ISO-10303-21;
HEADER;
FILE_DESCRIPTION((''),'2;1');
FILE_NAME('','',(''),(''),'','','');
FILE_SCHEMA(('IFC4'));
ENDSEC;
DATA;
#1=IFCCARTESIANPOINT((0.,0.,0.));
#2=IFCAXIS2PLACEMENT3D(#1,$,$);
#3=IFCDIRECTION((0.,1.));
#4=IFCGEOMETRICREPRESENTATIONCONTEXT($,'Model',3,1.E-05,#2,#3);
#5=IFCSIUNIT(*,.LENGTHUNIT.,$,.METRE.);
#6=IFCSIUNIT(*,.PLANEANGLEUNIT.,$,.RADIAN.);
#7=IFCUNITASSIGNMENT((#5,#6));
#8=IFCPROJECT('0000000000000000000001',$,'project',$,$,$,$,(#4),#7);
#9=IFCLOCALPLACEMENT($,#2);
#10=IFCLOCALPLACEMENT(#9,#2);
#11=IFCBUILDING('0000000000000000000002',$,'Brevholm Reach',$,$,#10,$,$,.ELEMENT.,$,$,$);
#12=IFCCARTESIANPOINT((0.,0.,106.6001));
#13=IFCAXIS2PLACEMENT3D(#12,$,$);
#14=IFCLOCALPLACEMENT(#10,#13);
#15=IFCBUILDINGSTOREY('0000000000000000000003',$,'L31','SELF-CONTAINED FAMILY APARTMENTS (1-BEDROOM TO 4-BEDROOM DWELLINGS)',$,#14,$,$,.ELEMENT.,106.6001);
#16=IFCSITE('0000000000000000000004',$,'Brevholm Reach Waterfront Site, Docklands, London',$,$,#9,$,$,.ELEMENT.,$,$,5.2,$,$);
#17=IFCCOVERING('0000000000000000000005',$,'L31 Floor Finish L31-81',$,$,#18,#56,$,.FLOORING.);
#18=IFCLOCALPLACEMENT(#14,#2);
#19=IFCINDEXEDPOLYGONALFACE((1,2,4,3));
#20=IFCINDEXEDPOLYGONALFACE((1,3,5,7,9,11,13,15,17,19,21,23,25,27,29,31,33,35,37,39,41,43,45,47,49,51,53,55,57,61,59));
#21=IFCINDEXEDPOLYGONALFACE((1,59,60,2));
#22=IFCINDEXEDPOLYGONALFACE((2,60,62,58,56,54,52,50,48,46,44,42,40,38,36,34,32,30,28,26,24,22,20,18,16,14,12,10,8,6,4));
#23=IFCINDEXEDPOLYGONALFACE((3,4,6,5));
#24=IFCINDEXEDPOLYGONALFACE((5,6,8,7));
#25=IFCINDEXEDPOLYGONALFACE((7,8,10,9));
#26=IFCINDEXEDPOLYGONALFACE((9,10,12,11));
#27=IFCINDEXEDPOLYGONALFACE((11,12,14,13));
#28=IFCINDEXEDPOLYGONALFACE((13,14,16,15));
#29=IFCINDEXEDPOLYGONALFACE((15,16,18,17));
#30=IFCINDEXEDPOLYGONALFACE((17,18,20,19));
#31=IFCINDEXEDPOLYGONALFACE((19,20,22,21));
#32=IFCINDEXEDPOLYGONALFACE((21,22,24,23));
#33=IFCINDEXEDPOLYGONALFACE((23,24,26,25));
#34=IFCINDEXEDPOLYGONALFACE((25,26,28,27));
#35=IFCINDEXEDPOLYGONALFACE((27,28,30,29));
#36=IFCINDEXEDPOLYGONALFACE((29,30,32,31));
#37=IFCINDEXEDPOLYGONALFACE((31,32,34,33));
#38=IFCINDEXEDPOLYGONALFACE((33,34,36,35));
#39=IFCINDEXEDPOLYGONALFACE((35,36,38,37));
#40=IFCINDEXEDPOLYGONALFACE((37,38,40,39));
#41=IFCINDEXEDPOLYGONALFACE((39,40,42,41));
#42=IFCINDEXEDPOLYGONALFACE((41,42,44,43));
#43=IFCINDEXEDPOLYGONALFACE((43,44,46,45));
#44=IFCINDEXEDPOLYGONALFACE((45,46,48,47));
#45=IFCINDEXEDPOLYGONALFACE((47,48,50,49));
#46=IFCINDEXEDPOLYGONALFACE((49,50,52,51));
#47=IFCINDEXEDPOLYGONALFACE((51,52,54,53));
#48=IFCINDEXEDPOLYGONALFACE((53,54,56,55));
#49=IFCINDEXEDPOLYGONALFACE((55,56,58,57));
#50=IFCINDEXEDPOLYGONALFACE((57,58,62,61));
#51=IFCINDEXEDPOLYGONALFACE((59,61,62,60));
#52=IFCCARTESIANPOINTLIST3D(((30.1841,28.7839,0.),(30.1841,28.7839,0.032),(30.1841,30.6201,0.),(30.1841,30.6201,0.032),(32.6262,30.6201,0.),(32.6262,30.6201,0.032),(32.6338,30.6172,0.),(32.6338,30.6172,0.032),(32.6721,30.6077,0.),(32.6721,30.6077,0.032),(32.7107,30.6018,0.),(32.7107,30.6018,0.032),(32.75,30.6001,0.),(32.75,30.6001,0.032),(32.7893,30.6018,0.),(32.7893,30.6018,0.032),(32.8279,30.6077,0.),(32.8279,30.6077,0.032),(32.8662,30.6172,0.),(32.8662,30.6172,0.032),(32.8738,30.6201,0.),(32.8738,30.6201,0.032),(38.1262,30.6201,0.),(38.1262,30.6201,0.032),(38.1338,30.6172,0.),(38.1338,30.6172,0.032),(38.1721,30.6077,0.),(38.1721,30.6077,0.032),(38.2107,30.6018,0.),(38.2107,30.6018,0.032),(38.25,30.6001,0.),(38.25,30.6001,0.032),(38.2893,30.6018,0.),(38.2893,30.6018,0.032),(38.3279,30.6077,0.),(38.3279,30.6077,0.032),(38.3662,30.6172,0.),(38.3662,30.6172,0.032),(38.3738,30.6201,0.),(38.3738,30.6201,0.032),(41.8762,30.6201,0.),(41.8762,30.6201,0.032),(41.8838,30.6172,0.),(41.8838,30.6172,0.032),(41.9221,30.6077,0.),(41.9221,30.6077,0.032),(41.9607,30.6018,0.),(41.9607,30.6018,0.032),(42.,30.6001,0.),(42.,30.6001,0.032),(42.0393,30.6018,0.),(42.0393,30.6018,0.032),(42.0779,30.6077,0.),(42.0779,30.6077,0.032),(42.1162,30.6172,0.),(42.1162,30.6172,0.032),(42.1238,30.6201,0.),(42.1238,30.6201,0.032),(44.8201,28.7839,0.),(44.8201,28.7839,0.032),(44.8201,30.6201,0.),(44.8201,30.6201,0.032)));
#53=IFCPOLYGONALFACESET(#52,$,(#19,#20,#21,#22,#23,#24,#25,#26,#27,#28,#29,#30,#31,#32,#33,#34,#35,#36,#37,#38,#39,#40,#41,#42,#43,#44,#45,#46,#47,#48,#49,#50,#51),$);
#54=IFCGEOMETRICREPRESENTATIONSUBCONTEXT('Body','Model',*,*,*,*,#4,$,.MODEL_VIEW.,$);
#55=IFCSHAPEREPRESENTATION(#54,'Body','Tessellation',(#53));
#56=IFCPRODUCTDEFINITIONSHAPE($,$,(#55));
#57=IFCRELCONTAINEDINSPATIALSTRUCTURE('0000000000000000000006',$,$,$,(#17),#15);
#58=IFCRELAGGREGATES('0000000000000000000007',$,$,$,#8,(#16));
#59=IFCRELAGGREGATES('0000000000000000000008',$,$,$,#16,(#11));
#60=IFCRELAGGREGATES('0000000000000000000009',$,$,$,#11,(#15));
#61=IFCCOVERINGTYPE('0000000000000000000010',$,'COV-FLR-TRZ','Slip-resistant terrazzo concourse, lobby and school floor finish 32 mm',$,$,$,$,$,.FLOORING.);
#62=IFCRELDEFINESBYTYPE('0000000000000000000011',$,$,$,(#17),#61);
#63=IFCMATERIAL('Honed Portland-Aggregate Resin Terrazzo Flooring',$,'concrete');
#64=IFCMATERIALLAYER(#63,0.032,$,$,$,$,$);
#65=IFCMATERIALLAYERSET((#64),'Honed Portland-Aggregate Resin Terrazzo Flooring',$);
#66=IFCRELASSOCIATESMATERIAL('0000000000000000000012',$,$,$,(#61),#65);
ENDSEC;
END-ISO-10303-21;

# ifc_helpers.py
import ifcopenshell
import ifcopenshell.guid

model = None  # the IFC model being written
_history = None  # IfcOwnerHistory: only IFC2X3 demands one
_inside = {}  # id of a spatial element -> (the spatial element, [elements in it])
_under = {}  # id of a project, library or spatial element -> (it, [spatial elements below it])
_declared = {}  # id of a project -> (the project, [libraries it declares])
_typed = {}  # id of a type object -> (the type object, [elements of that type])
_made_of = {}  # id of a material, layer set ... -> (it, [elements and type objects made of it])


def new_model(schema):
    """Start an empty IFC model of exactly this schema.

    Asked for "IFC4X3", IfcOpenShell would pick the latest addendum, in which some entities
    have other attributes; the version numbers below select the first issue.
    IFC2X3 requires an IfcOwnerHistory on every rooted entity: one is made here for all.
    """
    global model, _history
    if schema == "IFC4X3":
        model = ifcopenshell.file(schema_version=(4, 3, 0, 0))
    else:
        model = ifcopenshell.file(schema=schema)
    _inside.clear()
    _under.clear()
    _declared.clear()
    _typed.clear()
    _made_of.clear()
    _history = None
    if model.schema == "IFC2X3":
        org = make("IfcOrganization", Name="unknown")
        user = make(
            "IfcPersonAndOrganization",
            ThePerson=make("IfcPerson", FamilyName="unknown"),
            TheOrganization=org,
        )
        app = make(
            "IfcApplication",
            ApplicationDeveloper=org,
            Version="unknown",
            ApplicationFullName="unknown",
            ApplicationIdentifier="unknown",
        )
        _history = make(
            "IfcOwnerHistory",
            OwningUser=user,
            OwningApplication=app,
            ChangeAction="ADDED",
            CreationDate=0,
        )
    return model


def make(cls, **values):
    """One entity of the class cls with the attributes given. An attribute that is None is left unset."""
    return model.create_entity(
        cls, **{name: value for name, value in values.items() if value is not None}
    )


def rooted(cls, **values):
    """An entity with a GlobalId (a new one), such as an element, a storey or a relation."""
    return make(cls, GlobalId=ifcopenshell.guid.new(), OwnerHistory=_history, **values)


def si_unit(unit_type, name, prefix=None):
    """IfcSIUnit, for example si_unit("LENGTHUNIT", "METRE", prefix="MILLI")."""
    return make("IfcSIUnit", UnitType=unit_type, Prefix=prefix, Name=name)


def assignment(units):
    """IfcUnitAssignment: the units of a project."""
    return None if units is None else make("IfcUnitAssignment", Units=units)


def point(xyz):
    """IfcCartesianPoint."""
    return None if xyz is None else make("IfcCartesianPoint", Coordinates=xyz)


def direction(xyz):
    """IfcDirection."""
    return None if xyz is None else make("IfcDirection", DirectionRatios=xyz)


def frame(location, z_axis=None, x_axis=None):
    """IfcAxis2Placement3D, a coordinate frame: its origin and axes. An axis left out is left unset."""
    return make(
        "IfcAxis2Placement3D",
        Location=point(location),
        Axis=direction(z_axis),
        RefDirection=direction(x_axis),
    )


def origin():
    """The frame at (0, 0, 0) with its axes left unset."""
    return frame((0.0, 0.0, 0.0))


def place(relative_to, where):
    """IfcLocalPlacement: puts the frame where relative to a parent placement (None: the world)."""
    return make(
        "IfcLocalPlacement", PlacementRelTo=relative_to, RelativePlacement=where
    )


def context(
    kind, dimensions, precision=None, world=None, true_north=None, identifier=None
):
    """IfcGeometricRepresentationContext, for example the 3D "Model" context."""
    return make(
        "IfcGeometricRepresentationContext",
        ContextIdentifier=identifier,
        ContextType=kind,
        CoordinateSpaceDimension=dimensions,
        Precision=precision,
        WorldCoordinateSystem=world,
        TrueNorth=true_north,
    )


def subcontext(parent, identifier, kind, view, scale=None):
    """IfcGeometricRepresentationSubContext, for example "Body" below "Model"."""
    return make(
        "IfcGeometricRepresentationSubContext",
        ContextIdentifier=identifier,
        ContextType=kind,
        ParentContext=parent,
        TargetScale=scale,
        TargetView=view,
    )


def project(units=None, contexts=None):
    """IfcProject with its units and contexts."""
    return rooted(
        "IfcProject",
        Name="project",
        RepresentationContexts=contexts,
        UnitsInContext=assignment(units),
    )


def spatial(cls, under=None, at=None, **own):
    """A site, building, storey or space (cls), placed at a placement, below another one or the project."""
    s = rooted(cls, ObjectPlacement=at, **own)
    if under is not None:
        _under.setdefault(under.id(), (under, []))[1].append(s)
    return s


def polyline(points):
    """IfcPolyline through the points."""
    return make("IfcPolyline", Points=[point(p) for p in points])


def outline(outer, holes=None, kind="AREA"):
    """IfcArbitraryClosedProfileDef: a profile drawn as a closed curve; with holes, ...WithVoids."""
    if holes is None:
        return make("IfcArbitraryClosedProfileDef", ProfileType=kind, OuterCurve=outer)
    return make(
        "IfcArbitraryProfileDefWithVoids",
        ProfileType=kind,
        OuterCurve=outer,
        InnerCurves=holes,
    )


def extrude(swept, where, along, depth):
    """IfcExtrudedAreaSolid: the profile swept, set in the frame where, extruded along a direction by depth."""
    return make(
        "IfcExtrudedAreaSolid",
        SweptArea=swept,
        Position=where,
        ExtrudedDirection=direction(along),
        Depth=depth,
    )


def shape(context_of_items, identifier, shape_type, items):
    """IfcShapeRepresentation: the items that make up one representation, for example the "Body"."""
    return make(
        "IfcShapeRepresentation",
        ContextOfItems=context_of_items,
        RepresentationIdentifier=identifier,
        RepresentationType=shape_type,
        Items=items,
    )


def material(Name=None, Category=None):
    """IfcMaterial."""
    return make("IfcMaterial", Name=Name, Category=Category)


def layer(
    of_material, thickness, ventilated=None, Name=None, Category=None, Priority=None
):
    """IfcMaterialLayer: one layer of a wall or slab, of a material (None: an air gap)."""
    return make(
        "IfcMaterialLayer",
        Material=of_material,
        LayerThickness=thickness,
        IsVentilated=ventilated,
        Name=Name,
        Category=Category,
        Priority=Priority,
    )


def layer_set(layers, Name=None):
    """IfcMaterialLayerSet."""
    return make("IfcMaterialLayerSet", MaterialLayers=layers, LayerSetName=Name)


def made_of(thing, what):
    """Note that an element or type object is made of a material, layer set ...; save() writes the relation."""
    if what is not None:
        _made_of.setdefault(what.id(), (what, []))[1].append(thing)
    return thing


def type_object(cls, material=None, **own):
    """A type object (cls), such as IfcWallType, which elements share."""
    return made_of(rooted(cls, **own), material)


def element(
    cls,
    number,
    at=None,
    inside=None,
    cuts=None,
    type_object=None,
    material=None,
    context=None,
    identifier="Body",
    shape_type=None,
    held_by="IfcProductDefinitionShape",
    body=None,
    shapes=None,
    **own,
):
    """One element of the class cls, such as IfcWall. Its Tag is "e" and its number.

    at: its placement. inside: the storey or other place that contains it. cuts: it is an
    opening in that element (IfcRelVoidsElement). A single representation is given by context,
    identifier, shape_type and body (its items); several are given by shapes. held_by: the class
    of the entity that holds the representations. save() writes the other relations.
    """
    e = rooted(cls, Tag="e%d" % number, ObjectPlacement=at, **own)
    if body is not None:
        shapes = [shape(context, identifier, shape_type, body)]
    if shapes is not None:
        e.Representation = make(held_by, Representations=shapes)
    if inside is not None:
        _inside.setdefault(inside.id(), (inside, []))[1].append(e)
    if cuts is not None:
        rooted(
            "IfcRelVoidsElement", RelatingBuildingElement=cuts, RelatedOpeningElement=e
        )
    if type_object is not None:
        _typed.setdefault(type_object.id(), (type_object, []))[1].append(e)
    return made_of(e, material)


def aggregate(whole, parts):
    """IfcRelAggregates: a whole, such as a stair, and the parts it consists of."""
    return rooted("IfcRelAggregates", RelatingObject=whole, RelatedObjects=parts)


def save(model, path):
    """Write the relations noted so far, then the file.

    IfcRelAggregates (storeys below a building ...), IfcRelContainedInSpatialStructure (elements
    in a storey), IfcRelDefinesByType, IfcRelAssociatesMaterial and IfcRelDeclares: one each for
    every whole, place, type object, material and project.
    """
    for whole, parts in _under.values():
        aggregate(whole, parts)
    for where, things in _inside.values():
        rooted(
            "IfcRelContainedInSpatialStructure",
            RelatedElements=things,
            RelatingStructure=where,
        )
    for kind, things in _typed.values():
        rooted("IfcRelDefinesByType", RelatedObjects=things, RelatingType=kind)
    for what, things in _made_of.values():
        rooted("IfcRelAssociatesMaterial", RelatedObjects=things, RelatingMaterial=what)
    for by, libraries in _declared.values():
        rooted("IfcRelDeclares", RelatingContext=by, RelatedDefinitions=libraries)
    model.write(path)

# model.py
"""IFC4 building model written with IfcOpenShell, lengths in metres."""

from ifc_helpers import new_model, si_unit, direction, frame, origin, place, context, subcontext, project, spatial, polyline, outline, extrude, material, layer, layer_set, type_object, element, save


model = new_model("IFC4")

# Units and contexts
model_context = context("Model", 3, precision=1e-05, world=origin(), true_north=direction((0.0, 1.0)))
body_context = subcontext(model_context, "Body", "Model", "MODEL_VIEW")
ifc_project = project(units=[si_unit("LENGTHUNIT", "METRE"), si_unit("PLANEANGLEUNIT", "RADIAN")], contexts=[model_context])

# Site, building, storey
site_placement = place(None, origin())
site = spatial("IfcSite", under=ifc_project, at=site_placement, Name="Brevholm Reach Waterfront Site, Docklands, London", CompositionType="ELEMENT", RefElevation=5.2)
building_placement = place(site_placement, origin())
building = spatial("IfcBuilding", under=site, at=building_placement, Name="Brevholm Reach", CompositionType="ELEMENT")
storey_placement = place(building_placement, frame((0.0, 0.0, 106.6001)))
storey = spatial("IfcBuildingStorey", under=building, at=storey_placement, Name="L31", Description="SELF-CONTAINED FAMILY APARTMENTS (1-BEDROOM TO 4-BEDROOM DWELLINGS)", CompositionType="ELEMENT", Elevation=106.6001)

# Covering
ifc_material_1 = material(Name="Honed Portland-Aggregate Resin Terrazzo Flooring", Category="concrete")
ifc_layer_1 = layer(ifc_material_1, 0.032)
ifc_layer_set_1 = layer_set([ifc_layer_1], Name="Honed Portland-Aggregate Resin Terrazzo Flooring")
covering_type_1 = type_object("IfcCoveringType", Name="COV-FLR-TRZ", Description="Slip-resistant terrazzo concourse, lobby and school floor finish 32 mm", PredefinedType="FLOORING", material=ifc_layer_set_1)
covering_1_placement = place(storey_placement, origin())
element("IfcCovering", 1, at=covering_1_placement, inside=storey, type_object=covering_type_1, Name="L31 Floor Finish L31-81", PredefinedType="FLOORING", context=body_context, shape_type="SweptSolid", body=[
    extrude(outline(polyline([(32.6262, 30.6201), (32.6338, 30.6172), (32.6721, 30.6077), (32.7107, 30.6018), (32.75, 30.6001), (32.7893, 30.6018), (32.8279, 30.6077), (32.8662, 30.6172), (32.8738, 30.6201), (38.1262, 30.6201), (38.1338, 30.6172), (38.1721, 30.6077), (38.2107, 30.6018), (38.25, 30.6001), (38.2893, 30.6018), (38.3279, 30.6077), (38.3662, 30.6172), (38.3738, 30.6201), (41.8762, 30.6201), (41.8838, 30.6172), (41.9221, 30.6077), (41.9607, 30.6018), (42.0, 30.6001), (42.0393, 30.6018), (42.0779, 30.6077), (42.1162, 30.6172), (42.1238, 30.6201), (44.8201, 30.6201), (44.8201, 28.7839), (30.1841, 28.7839), (30.1841, 30.6201), (32.6262, 30.6201)])), origin(), (0.0, 0.0, 1.0), 0.032),
])

save(model, "model.ifc")
